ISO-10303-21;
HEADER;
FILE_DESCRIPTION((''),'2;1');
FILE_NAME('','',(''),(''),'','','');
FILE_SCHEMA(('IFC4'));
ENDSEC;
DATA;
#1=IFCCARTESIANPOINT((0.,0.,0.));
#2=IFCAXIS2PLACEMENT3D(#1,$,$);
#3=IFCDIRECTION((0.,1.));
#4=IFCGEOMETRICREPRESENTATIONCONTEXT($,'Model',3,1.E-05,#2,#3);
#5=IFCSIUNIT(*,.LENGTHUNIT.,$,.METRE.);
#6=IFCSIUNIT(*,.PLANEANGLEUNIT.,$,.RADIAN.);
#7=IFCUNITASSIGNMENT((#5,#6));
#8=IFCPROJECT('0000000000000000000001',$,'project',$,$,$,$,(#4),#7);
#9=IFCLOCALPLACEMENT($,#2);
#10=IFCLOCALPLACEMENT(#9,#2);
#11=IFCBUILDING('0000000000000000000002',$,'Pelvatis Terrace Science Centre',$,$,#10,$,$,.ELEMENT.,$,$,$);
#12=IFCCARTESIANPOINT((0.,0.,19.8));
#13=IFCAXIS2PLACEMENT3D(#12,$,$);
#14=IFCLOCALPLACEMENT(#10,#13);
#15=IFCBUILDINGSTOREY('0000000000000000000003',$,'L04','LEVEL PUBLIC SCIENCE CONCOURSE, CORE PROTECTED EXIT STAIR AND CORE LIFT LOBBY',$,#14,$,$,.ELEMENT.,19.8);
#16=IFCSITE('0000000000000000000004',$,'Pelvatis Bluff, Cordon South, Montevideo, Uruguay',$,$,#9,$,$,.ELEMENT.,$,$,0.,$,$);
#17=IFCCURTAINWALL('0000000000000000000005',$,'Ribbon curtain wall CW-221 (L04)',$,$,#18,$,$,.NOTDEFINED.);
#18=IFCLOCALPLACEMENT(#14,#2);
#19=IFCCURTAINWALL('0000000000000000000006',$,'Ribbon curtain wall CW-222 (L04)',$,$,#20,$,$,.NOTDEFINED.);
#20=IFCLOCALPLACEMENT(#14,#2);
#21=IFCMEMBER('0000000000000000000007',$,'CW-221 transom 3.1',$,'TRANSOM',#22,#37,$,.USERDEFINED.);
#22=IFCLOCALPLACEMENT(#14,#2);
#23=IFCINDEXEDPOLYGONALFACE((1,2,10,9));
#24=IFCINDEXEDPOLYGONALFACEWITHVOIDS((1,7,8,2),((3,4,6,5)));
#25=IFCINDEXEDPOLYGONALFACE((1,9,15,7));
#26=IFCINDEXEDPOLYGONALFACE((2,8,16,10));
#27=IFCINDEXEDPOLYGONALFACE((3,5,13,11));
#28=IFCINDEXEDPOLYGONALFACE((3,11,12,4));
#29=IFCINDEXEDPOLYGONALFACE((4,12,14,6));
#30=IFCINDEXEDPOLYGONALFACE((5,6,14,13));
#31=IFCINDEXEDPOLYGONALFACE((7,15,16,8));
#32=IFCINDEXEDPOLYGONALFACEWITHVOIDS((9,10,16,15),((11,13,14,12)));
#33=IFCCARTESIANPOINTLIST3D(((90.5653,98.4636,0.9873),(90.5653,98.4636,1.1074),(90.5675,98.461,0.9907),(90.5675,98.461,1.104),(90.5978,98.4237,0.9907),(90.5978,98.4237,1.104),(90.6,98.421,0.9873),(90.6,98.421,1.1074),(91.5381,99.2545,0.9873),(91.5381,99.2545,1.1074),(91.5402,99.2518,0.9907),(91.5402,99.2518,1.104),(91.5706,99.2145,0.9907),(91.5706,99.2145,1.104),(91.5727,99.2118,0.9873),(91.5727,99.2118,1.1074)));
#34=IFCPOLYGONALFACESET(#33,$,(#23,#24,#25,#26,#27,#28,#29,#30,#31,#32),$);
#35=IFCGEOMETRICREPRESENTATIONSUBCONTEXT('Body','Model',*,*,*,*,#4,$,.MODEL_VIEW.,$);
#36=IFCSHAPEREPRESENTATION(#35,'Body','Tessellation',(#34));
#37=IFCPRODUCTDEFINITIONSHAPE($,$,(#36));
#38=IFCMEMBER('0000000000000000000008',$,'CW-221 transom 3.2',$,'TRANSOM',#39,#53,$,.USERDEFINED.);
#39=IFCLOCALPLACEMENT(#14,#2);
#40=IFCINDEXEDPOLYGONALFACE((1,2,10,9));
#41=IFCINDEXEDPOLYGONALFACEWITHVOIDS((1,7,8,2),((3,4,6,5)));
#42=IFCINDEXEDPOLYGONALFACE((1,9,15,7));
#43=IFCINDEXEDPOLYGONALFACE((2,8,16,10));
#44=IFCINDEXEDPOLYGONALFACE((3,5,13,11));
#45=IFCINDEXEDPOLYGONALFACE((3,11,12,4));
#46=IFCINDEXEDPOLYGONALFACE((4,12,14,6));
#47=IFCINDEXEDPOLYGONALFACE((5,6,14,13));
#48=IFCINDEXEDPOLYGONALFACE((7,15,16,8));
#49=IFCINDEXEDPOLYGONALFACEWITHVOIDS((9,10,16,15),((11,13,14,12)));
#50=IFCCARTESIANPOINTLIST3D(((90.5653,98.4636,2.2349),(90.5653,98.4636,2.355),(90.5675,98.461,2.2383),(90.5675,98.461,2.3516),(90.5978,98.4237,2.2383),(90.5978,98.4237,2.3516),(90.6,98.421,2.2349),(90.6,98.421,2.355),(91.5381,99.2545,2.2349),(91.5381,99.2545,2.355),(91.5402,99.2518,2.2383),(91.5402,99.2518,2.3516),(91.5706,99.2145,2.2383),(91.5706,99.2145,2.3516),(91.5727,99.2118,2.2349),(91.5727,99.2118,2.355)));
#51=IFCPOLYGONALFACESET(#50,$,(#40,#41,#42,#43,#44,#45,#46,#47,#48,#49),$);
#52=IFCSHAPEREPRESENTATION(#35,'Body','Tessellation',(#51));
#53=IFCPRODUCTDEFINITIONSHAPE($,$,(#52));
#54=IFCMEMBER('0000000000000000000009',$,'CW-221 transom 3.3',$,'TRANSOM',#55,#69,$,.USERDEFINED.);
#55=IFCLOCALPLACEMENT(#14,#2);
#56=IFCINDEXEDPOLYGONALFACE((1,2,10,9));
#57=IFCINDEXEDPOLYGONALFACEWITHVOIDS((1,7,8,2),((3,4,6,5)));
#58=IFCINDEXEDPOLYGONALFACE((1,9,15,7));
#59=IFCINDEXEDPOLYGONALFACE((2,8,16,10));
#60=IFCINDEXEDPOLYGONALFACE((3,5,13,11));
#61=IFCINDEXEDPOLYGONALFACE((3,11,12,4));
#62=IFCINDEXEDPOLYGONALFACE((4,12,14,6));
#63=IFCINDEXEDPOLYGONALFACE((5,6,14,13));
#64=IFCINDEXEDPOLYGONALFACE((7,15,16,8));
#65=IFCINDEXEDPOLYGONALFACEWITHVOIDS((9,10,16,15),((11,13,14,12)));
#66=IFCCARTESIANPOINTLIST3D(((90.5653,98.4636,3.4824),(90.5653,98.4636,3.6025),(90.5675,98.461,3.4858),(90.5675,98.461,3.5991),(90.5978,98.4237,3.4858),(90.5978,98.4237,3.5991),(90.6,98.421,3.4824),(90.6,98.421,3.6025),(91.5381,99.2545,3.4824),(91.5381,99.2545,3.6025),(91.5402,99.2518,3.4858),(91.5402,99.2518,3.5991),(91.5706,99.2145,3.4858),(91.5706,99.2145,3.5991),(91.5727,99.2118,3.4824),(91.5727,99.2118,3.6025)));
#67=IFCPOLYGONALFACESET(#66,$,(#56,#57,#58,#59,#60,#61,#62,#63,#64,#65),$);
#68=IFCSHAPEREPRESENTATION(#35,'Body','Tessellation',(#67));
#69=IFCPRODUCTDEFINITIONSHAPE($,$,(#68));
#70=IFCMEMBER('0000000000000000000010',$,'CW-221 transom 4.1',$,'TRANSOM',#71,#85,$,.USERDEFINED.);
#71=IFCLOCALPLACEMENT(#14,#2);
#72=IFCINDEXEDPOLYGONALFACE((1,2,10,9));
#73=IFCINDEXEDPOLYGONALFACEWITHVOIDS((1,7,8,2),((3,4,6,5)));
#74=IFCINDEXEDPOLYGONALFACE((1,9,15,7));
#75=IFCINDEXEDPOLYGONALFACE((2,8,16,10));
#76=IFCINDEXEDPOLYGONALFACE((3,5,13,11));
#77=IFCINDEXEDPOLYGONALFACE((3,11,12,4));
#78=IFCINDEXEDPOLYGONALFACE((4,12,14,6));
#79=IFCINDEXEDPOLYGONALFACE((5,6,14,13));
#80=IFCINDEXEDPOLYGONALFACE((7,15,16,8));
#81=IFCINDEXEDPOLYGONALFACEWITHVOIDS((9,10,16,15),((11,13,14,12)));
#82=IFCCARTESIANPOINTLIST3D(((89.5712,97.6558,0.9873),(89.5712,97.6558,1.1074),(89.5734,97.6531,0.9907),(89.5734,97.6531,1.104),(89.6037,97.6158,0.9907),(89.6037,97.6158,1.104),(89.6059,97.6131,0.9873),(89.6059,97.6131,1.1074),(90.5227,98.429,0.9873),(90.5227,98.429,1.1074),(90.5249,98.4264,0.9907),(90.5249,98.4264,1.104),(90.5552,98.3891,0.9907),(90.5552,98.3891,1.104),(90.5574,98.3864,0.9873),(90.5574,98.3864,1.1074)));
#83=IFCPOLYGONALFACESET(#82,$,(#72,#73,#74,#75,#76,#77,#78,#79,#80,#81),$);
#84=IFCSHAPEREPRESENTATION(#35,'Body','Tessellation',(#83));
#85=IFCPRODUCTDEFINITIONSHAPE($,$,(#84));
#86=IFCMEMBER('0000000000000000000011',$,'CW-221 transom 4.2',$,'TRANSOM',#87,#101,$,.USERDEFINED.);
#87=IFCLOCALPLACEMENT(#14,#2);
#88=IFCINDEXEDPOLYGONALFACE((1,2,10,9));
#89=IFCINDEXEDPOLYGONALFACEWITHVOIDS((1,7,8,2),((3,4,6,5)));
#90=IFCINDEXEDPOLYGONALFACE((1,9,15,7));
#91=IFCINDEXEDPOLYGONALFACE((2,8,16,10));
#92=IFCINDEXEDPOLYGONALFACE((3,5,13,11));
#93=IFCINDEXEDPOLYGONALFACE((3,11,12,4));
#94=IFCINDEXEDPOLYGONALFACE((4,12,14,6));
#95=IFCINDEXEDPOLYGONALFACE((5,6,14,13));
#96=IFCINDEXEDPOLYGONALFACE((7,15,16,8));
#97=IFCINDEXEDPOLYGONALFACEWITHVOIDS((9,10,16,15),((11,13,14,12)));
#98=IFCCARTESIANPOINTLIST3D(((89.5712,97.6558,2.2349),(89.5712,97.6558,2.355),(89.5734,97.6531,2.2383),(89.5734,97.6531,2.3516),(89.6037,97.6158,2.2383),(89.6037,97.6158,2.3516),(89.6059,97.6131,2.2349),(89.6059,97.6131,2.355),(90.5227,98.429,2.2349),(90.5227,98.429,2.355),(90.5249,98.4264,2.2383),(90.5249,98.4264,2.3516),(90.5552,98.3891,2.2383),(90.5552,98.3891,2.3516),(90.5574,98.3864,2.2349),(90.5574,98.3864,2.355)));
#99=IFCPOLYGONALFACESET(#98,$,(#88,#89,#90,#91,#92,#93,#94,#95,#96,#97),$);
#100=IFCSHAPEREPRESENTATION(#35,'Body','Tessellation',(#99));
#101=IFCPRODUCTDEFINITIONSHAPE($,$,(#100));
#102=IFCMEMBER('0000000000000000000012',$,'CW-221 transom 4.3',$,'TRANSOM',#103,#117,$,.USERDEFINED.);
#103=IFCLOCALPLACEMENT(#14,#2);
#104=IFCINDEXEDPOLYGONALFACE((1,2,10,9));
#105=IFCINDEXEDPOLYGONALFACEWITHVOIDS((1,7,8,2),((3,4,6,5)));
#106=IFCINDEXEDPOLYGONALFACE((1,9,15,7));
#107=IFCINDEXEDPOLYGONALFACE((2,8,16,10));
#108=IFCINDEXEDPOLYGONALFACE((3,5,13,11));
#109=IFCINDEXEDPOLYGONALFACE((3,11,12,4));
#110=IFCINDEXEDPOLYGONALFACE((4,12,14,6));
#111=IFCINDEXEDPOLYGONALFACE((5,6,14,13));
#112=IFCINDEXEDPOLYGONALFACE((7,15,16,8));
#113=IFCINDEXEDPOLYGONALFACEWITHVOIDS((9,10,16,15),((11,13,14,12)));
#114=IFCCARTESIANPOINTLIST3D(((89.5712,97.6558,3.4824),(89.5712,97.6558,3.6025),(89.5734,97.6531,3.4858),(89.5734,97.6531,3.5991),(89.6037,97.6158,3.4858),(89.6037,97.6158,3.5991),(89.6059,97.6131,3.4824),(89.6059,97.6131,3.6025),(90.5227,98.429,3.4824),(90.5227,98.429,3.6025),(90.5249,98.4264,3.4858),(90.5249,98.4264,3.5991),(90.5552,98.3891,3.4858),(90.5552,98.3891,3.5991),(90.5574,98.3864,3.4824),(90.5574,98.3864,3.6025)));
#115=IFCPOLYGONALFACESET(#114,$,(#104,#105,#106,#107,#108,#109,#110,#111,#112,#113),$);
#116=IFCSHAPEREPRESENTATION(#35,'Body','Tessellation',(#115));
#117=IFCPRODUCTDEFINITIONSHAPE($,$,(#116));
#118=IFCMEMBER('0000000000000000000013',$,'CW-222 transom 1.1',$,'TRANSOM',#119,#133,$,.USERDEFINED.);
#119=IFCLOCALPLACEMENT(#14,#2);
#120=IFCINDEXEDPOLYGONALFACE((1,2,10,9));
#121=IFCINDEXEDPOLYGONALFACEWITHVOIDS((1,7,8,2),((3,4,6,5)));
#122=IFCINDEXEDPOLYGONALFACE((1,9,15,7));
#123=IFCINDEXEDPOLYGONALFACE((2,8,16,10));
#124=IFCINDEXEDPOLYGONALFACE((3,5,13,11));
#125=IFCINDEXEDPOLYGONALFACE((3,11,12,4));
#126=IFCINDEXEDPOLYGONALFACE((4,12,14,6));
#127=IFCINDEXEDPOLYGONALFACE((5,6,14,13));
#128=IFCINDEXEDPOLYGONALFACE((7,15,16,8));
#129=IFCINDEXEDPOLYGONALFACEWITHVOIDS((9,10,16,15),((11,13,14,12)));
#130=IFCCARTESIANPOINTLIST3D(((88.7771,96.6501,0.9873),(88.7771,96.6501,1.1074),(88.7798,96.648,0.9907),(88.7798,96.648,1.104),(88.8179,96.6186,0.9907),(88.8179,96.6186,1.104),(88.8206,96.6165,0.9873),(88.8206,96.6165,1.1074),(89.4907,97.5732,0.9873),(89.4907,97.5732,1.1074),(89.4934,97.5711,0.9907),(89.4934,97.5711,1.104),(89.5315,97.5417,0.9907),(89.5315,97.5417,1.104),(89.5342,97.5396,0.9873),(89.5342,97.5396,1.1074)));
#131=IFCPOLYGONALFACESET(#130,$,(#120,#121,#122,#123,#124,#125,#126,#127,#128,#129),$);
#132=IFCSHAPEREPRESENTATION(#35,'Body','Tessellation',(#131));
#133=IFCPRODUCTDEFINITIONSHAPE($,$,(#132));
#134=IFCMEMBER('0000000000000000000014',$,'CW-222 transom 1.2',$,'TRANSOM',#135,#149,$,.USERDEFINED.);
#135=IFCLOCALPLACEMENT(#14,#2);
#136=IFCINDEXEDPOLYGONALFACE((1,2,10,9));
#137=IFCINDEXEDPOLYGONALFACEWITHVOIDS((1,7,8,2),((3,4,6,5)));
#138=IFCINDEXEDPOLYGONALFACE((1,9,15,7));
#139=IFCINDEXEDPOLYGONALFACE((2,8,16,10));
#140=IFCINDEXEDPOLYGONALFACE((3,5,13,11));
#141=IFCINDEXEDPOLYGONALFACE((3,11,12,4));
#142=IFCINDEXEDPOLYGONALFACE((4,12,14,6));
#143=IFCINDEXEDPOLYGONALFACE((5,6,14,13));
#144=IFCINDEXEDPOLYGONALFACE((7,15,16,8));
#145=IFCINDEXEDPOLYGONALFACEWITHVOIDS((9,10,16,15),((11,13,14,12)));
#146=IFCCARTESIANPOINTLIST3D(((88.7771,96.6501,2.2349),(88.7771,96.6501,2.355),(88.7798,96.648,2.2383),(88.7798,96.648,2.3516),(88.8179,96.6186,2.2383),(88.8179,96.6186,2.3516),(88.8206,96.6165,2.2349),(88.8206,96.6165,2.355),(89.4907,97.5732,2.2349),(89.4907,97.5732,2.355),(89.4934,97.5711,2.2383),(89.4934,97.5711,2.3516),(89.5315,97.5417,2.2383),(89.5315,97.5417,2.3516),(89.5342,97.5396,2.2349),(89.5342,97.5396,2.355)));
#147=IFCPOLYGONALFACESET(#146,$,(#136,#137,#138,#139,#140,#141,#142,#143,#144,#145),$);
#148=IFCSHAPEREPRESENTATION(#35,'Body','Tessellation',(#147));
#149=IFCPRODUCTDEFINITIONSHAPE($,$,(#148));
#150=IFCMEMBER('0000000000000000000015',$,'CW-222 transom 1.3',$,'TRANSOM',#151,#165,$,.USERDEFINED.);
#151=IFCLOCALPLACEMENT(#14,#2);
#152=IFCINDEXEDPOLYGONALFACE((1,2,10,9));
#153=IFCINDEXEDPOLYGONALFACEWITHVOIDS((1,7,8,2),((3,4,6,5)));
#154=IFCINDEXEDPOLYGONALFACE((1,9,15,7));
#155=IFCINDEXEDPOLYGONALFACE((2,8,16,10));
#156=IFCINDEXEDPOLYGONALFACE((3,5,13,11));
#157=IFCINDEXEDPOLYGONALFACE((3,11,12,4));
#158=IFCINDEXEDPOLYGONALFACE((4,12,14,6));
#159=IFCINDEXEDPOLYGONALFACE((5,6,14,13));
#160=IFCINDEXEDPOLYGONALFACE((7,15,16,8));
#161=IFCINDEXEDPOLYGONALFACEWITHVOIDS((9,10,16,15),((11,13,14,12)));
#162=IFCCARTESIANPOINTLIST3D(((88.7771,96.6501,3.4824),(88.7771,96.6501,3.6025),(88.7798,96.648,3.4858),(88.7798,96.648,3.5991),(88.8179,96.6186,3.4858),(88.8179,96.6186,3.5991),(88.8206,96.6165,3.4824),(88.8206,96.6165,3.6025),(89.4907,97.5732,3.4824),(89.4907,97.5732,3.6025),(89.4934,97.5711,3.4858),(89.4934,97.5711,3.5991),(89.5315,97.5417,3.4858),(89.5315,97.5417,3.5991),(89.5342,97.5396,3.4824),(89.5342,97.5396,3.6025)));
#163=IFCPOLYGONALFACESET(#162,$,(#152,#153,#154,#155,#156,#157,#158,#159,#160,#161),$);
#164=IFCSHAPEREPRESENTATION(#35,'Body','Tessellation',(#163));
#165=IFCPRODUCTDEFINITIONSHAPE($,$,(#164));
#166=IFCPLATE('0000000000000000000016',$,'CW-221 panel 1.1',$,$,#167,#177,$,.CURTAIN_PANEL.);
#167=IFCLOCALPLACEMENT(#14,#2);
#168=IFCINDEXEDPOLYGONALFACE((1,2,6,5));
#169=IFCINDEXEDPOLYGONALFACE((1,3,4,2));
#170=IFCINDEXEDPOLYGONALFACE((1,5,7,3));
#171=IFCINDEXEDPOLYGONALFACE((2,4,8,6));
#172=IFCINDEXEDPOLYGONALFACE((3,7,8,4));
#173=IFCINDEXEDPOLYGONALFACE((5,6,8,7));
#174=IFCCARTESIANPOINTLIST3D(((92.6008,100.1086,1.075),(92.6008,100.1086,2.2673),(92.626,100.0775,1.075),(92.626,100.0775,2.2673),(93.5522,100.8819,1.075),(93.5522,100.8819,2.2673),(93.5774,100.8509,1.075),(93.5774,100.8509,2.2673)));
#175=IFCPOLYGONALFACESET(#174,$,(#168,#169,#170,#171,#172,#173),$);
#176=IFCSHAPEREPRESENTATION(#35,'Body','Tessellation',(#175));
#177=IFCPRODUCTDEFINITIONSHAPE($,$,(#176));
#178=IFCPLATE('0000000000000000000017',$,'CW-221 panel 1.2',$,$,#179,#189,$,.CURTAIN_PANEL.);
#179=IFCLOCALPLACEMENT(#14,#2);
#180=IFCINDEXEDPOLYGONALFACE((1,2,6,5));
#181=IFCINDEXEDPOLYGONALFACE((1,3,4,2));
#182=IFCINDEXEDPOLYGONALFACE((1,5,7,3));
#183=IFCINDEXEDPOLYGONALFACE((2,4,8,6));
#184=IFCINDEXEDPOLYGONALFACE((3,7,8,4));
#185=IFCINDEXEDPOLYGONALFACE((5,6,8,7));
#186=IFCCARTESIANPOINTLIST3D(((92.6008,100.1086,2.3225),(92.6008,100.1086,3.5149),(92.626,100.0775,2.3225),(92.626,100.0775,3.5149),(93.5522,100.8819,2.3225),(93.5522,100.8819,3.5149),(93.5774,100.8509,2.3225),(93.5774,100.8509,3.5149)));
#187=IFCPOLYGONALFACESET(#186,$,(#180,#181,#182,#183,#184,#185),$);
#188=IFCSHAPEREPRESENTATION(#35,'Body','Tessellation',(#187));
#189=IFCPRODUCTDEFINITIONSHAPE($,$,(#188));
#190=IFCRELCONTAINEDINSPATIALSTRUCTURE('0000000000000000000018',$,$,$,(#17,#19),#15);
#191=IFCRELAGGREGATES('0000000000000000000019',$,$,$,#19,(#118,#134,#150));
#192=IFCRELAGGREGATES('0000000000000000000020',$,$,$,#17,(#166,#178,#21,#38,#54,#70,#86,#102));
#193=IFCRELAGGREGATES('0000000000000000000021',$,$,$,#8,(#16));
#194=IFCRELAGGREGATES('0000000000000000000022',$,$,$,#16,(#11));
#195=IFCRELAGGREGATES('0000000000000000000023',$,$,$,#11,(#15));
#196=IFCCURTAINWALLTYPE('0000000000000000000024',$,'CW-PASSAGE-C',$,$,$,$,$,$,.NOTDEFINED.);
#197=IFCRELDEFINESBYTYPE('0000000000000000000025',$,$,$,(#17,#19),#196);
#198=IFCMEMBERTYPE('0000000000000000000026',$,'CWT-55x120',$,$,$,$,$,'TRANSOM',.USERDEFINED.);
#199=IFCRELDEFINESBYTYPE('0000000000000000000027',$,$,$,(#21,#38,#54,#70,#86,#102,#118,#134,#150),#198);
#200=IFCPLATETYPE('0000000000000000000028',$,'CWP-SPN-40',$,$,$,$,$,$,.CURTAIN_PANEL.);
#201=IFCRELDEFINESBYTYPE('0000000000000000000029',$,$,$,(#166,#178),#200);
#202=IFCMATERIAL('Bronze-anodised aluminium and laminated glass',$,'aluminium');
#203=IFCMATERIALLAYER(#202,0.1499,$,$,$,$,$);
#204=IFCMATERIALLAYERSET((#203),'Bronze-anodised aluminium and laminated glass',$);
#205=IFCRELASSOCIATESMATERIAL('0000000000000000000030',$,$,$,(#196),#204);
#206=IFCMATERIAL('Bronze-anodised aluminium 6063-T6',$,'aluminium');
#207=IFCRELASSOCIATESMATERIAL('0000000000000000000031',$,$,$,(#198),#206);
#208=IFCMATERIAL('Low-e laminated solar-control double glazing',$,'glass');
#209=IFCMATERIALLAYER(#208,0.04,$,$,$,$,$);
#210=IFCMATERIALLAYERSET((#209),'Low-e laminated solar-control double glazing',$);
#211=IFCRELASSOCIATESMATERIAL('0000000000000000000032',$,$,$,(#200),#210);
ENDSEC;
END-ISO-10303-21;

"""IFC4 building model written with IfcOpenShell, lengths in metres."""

from ifc_helpers import new_model, si_unit, direction, frame, origin, origin_2d, place, context, subcontext, project, spatial, rectangle, hollow_rectangle, extrude, material, layer, layer_set, material_profile, profile_set, type_object, element, aggregate, save


model = new_model("IFC4")

# Units and contexts
model_context = context("Model", 3, precision=1e-05, world=origin(), true_north=direction((0.0, 1.0)))
body_context = subcontext(model_context, "Body", "Model", "MODEL_VIEW")
ifc_project = project(units=[si_unit("LENGTHUNIT", "METRE"), si_unit("PLANEANGLEUNIT", "RADIAN")], contexts=[model_context])

# Site, building, storey
site_placement = place(None, origin())
site = spatial("IfcSite", under=ifc_project, at=site_placement, Name="Pelvatis Bluff, Cordon South, Montevideo, Uruguay", CompositionType="ELEMENT", RefElevation=0.0)
building_placement = place(site_placement, origin())
building = spatial("IfcBuilding", under=site, at=building_placement, Name="Pelvatis Terrace Science Centre", CompositionType="ELEMENT")
storey_placement = place(building_placement, frame((0.0, 0.0, 19.8)))
storey = spatial("IfcBuildingStorey", under=building, at=storey_placement, Name="L04", Description="LEVEL PUBLIC SCIENCE CONCOURSE, CORE PROTECTED EXIT STAIR AND CORE LIFT LOBBY", CompositionType="ELEMENT", Elevation=19.8)

# Curtain wall
ifc_material_1 = material(Name="Bronze-anodised aluminium and laminated glass", Category="aluminium")
ifc_layer_1 = layer(ifc_material_1, 0.1499)
ifc_layer_set_1 = layer_set([ifc_layer_1], Name="Bronze-anodised aluminium and laminated glass")
curtain_wall_type = type_object("IfcCurtainWallType", Name="CW-PASSAGE-C", PredefinedType="NOTDEFINED", material=ifc_layer_set_1)
curtain_wall_1_placement = place(storey_placement, origin())
curtain_wall_1 = element("IfcCurtainWall", 1, at=curtain_wall_1_placement, inside=storey, type_object=curtain_wall_type, Name="Ribbon curtain wall CW-221 (L04)", PredefinedType="NOTDEFINED")

# Curtain wall
curtain_wall_2_placement = place(storey_placement, origin())
curtain_wall_2 = element("IfcCurtainWall", 2, at=curtain_wall_2_placement, inside=storey, type_object=curtain_wall_type, Name="Ribbon curtain wall CW-222 (L04)", PredefinedType="NOTDEFINED")

# Members
ifc_material_2 = material(Name="Bronze-anodised aluminium 6063-T6", Category="aluminium")
ifc_material_profile_1 = material_profile(ifc_material_2, hollow_rectangle(XDim=0.0549, YDim=0.1201, WallThickness=0.0034, at=origin_2d()), Name="ALU-TRN 55x120")
ifc_profile_set_1 = profile_set([ifc_material_profile_1], Name="Bronze-anodised aluminium 6063-T6")
member_type_1 = type_object("IfcMemberType", Name="CWT-55x120", ElementType="TRANSOM", PredefinedType="USERDEFINED", material=ifc_profile_set_1)
member_1_placement = place(storey_placement, frame((91.5554, 99.2332, 1.0474), z_axis=(-0.775923, -0.630827, 0.0), x_axis=(0.630827, -0.775923, 0.0)))
member_1 = element("IfcMember", 3, at=member_1_placement, type_object=member_type_1, Name="CW-221 transom 3.1", ObjectType="TRANSOM", PredefinedType="USERDEFINED", context=body_context, shape_type="SweptSolid", body=[
    extrude(hollow_rectangle(XDim=0.0549, YDim=0.1201, WallThickness=0.0034, at=origin_2d()), origin(), (0.0, 0.0, 1.0), 1.2537),
])
member_2_placement = place(storey_placement, frame((91.5554, 99.2332, 2.2949), z_axis=(-0.775923, -0.630827, 0.0), x_axis=(0.630827, -0.775923, 0.0)))
member_2 = element("IfcMember", 4, at=member_2_placement, type_object=member_type_1, Name="CW-221 transom 3.2", ObjectType="TRANSOM", PredefinedType="USERDEFINED", context=body_context, shape_type="SweptSolid", body=[
    extrude(hollow_rectangle(XDim=0.0549, YDim=0.1201, WallThickness=0.0034, at=origin_2d()), origin(), (0.0, 0.0, 1.0), 1.2537),
])
member_3_placement = place(storey_placement, frame((91.5554, 99.2332, 3.5425), z_axis=(-0.775923, -0.630827, 0.0), x_axis=(0.630827, -0.775923, 0.0)))
member_3 = element("IfcMember", 5, at=member_3_placement, type_object=member_type_1, Name="CW-221 transom 3.3", ObjectType="TRANSOM", PredefinedType="USERDEFINED", context=body_context, shape_type="SweptSolid", body=[
    extrude(hollow_rectangle(XDim=0.0549, YDim=0.1201, WallThickness=0.0034, at=origin_2d()), origin(), (0.0, 0.0, 1.0), 1.2537),
])
member_4_placement = place(storey_placement, frame((90.54, 98.4077, 1.0474), z_axis=(-0.776047, -0.630675, 0.0), x_axis=(0.630675, -0.776047, 0.0)))
member_4 = element("IfcMember", 6, at=member_4_placement, type_object=member_type_1, Name="CW-221 transom 4.1", ObjectType="TRANSOM", PredefinedType="USERDEFINED", context=body_context, shape_type="SweptSolid", body=[
    extrude(hollow_rectangle(XDim=0.0549, YDim=0.1201, WallThickness=0.0034, at=origin_2d()), origin(), (0.0, 0.0, 1.0), 1.2261),
])
member_5_placement = place(storey_placement, frame((90.54, 98.4077, 2.2949), z_axis=(-0.776047, -0.630675, 0.0), x_axis=(0.630675, -0.776047, 0.0)))
member_5 = element("IfcMember", 7, at=member_5_placement, type_object=member_type_1, Name="CW-221 transom 4.2", ObjectType="TRANSOM", PredefinedType="USERDEFINED", context=body_context, shape_type="SweptSolid", body=[
    extrude(hollow_rectangle(XDim=0.0549, YDim=0.1201, WallThickness=0.0034, at=origin_2d()), origin(), (0.0, 0.0, 1.0), 1.2261),
])
member_6_placement = place(storey_placement, frame((90.54, 98.4077, 3.5425), z_axis=(-0.776047, -0.630675, 0.0), x_axis=(0.630675, -0.776047, 0.0)))
member_6 = element("IfcMember", 8, at=member_6_placement, type_object=member_type_1, Name="CW-221 transom 4.3", ObjectType="TRANSOM", PredefinedType="USERDEFINED", context=body_context, shape_type="SweptSolid", body=[
    extrude(hollow_rectangle(XDim=0.0549, YDim=0.1201, WallThickness=0.0034, at=origin_2d()), origin(), (0.0, 0.0, 1.0), 1.2261),
])
member_7_placement = place(storey_placement, frame((89.5125, 97.5564, 1.0474), z_axis=(-0.61162, -0.791152, 0.0), x_axis=(0.791152, -0.61162, 0.0)))
member_7 = element("IfcMember", 9, at=member_7_placement, type_object=member_type_1, Name="CW-222 transom 1.1", ObjectType="TRANSOM", PredefinedType="USERDEFINED", context=body_context, shape_type="SweptSolid", body=[
    extrude(hollow_rectangle(XDim=0.0549, YDim=0.1201, WallThickness=0.0034, at=origin_2d()), origin(), (0.0, 0.0, 1.0), 1.1667),
])
member_8_placement = place(storey_placement, frame((89.5125, 97.5564, 2.2949), z_axis=(-0.61162, -0.791152, 0.0), x_axis=(0.791152, -0.61162, 0.0)))
member_8 = element("IfcMember", 10, at=member_8_placement, type_object=member_type_1, Name="CW-222 transom 1.2", ObjectType="TRANSOM", PredefinedType="USERDEFINED", context=body_context, shape_type="SweptSolid", body=[
    extrude(hollow_rectangle(XDim=0.0549, YDim=0.1201, WallThickness=0.0034, at=origin_2d()), origin(), (0.0, 0.0, 1.0), 1.1667),
])
member_9_placement = place(storey_placement, frame((89.5125, 97.5564, 3.5425), z_axis=(-0.61162, -0.791152, 0.0), x_axis=(0.791152, -0.61162, 0.0)))
member_9 = element("IfcMember", 11, at=member_9_placement, type_object=member_type_1, Name="CW-222 transom 1.3", ObjectType="TRANSOM", PredefinedType="USERDEFINED", context=body_context, shape_type="SweptSolid", body=[
    extrude(hollow_rectangle(XDim=0.0549, YDim=0.1201, WallThickness=0.0034, at=origin_2d()), origin(), (0.0, 0.0, 1.0), 1.1667),
])
aggregate(curtain_wall_2, [member_7, member_8, member_9])

# Plates
ifc_material_3 = material(Name="Low-e laminated solar-control double glazing", Category="glass")
ifc_layer_2 = layer(ifc_material_3, 0.04)
ifc_layer_set_2 = layer_set([ifc_layer_2], Name="Low-e laminated solar-control double glazing")
plate_type = type_object("IfcPlateType", Name="CWP-SPN-40", PredefinedType="CURTAIN_PANEL", material=ifc_layer_set_2)
plate_1_placement = place(storey_placement, frame((93.0891, 100.4797, 1.075), z_axis=(0.0, 0.0, 1.0), x_axis=(-0.77598, -0.630757, 0.0)))
plate_1 = element("IfcPlate", 12, at=plate_1_placement, type_object=plate_type, Name="CW-221 panel 1.1", PredefinedType="CURTAIN_PANEL", context=body_context, shape_type="SweptSolid", body=[
    extrude(rectangle(XDim=1.2261, YDim=0.04, at=origin_2d()), origin(), (0.0, 0.0, 1.0), 1.1924),
])
plate_2_placement = place(storey_placement, frame((93.0891, 100.4797, 2.3225), z_axis=(0.0, 0.0, 1.0), x_axis=(-0.77598, -0.630757, 0.0)))
plate_2 = element("IfcPlate", 13, at=plate_2_placement, type_object=plate_type, Name="CW-221 panel 1.2", PredefinedType="CURTAIN_PANEL", context=body_context, shape_type="SweptSolid", body=[
    extrude(rectangle(XDim=1.2261, YDim=0.04, at=origin_2d()), origin(), (0.0, 0.0, 1.0), 1.1924),
])
aggregate(curtain_wall_1, [plate_1, plate_2, member_1, member_2, member_3, member_4, member_5, member_6])

save(model, "model.ifc")
